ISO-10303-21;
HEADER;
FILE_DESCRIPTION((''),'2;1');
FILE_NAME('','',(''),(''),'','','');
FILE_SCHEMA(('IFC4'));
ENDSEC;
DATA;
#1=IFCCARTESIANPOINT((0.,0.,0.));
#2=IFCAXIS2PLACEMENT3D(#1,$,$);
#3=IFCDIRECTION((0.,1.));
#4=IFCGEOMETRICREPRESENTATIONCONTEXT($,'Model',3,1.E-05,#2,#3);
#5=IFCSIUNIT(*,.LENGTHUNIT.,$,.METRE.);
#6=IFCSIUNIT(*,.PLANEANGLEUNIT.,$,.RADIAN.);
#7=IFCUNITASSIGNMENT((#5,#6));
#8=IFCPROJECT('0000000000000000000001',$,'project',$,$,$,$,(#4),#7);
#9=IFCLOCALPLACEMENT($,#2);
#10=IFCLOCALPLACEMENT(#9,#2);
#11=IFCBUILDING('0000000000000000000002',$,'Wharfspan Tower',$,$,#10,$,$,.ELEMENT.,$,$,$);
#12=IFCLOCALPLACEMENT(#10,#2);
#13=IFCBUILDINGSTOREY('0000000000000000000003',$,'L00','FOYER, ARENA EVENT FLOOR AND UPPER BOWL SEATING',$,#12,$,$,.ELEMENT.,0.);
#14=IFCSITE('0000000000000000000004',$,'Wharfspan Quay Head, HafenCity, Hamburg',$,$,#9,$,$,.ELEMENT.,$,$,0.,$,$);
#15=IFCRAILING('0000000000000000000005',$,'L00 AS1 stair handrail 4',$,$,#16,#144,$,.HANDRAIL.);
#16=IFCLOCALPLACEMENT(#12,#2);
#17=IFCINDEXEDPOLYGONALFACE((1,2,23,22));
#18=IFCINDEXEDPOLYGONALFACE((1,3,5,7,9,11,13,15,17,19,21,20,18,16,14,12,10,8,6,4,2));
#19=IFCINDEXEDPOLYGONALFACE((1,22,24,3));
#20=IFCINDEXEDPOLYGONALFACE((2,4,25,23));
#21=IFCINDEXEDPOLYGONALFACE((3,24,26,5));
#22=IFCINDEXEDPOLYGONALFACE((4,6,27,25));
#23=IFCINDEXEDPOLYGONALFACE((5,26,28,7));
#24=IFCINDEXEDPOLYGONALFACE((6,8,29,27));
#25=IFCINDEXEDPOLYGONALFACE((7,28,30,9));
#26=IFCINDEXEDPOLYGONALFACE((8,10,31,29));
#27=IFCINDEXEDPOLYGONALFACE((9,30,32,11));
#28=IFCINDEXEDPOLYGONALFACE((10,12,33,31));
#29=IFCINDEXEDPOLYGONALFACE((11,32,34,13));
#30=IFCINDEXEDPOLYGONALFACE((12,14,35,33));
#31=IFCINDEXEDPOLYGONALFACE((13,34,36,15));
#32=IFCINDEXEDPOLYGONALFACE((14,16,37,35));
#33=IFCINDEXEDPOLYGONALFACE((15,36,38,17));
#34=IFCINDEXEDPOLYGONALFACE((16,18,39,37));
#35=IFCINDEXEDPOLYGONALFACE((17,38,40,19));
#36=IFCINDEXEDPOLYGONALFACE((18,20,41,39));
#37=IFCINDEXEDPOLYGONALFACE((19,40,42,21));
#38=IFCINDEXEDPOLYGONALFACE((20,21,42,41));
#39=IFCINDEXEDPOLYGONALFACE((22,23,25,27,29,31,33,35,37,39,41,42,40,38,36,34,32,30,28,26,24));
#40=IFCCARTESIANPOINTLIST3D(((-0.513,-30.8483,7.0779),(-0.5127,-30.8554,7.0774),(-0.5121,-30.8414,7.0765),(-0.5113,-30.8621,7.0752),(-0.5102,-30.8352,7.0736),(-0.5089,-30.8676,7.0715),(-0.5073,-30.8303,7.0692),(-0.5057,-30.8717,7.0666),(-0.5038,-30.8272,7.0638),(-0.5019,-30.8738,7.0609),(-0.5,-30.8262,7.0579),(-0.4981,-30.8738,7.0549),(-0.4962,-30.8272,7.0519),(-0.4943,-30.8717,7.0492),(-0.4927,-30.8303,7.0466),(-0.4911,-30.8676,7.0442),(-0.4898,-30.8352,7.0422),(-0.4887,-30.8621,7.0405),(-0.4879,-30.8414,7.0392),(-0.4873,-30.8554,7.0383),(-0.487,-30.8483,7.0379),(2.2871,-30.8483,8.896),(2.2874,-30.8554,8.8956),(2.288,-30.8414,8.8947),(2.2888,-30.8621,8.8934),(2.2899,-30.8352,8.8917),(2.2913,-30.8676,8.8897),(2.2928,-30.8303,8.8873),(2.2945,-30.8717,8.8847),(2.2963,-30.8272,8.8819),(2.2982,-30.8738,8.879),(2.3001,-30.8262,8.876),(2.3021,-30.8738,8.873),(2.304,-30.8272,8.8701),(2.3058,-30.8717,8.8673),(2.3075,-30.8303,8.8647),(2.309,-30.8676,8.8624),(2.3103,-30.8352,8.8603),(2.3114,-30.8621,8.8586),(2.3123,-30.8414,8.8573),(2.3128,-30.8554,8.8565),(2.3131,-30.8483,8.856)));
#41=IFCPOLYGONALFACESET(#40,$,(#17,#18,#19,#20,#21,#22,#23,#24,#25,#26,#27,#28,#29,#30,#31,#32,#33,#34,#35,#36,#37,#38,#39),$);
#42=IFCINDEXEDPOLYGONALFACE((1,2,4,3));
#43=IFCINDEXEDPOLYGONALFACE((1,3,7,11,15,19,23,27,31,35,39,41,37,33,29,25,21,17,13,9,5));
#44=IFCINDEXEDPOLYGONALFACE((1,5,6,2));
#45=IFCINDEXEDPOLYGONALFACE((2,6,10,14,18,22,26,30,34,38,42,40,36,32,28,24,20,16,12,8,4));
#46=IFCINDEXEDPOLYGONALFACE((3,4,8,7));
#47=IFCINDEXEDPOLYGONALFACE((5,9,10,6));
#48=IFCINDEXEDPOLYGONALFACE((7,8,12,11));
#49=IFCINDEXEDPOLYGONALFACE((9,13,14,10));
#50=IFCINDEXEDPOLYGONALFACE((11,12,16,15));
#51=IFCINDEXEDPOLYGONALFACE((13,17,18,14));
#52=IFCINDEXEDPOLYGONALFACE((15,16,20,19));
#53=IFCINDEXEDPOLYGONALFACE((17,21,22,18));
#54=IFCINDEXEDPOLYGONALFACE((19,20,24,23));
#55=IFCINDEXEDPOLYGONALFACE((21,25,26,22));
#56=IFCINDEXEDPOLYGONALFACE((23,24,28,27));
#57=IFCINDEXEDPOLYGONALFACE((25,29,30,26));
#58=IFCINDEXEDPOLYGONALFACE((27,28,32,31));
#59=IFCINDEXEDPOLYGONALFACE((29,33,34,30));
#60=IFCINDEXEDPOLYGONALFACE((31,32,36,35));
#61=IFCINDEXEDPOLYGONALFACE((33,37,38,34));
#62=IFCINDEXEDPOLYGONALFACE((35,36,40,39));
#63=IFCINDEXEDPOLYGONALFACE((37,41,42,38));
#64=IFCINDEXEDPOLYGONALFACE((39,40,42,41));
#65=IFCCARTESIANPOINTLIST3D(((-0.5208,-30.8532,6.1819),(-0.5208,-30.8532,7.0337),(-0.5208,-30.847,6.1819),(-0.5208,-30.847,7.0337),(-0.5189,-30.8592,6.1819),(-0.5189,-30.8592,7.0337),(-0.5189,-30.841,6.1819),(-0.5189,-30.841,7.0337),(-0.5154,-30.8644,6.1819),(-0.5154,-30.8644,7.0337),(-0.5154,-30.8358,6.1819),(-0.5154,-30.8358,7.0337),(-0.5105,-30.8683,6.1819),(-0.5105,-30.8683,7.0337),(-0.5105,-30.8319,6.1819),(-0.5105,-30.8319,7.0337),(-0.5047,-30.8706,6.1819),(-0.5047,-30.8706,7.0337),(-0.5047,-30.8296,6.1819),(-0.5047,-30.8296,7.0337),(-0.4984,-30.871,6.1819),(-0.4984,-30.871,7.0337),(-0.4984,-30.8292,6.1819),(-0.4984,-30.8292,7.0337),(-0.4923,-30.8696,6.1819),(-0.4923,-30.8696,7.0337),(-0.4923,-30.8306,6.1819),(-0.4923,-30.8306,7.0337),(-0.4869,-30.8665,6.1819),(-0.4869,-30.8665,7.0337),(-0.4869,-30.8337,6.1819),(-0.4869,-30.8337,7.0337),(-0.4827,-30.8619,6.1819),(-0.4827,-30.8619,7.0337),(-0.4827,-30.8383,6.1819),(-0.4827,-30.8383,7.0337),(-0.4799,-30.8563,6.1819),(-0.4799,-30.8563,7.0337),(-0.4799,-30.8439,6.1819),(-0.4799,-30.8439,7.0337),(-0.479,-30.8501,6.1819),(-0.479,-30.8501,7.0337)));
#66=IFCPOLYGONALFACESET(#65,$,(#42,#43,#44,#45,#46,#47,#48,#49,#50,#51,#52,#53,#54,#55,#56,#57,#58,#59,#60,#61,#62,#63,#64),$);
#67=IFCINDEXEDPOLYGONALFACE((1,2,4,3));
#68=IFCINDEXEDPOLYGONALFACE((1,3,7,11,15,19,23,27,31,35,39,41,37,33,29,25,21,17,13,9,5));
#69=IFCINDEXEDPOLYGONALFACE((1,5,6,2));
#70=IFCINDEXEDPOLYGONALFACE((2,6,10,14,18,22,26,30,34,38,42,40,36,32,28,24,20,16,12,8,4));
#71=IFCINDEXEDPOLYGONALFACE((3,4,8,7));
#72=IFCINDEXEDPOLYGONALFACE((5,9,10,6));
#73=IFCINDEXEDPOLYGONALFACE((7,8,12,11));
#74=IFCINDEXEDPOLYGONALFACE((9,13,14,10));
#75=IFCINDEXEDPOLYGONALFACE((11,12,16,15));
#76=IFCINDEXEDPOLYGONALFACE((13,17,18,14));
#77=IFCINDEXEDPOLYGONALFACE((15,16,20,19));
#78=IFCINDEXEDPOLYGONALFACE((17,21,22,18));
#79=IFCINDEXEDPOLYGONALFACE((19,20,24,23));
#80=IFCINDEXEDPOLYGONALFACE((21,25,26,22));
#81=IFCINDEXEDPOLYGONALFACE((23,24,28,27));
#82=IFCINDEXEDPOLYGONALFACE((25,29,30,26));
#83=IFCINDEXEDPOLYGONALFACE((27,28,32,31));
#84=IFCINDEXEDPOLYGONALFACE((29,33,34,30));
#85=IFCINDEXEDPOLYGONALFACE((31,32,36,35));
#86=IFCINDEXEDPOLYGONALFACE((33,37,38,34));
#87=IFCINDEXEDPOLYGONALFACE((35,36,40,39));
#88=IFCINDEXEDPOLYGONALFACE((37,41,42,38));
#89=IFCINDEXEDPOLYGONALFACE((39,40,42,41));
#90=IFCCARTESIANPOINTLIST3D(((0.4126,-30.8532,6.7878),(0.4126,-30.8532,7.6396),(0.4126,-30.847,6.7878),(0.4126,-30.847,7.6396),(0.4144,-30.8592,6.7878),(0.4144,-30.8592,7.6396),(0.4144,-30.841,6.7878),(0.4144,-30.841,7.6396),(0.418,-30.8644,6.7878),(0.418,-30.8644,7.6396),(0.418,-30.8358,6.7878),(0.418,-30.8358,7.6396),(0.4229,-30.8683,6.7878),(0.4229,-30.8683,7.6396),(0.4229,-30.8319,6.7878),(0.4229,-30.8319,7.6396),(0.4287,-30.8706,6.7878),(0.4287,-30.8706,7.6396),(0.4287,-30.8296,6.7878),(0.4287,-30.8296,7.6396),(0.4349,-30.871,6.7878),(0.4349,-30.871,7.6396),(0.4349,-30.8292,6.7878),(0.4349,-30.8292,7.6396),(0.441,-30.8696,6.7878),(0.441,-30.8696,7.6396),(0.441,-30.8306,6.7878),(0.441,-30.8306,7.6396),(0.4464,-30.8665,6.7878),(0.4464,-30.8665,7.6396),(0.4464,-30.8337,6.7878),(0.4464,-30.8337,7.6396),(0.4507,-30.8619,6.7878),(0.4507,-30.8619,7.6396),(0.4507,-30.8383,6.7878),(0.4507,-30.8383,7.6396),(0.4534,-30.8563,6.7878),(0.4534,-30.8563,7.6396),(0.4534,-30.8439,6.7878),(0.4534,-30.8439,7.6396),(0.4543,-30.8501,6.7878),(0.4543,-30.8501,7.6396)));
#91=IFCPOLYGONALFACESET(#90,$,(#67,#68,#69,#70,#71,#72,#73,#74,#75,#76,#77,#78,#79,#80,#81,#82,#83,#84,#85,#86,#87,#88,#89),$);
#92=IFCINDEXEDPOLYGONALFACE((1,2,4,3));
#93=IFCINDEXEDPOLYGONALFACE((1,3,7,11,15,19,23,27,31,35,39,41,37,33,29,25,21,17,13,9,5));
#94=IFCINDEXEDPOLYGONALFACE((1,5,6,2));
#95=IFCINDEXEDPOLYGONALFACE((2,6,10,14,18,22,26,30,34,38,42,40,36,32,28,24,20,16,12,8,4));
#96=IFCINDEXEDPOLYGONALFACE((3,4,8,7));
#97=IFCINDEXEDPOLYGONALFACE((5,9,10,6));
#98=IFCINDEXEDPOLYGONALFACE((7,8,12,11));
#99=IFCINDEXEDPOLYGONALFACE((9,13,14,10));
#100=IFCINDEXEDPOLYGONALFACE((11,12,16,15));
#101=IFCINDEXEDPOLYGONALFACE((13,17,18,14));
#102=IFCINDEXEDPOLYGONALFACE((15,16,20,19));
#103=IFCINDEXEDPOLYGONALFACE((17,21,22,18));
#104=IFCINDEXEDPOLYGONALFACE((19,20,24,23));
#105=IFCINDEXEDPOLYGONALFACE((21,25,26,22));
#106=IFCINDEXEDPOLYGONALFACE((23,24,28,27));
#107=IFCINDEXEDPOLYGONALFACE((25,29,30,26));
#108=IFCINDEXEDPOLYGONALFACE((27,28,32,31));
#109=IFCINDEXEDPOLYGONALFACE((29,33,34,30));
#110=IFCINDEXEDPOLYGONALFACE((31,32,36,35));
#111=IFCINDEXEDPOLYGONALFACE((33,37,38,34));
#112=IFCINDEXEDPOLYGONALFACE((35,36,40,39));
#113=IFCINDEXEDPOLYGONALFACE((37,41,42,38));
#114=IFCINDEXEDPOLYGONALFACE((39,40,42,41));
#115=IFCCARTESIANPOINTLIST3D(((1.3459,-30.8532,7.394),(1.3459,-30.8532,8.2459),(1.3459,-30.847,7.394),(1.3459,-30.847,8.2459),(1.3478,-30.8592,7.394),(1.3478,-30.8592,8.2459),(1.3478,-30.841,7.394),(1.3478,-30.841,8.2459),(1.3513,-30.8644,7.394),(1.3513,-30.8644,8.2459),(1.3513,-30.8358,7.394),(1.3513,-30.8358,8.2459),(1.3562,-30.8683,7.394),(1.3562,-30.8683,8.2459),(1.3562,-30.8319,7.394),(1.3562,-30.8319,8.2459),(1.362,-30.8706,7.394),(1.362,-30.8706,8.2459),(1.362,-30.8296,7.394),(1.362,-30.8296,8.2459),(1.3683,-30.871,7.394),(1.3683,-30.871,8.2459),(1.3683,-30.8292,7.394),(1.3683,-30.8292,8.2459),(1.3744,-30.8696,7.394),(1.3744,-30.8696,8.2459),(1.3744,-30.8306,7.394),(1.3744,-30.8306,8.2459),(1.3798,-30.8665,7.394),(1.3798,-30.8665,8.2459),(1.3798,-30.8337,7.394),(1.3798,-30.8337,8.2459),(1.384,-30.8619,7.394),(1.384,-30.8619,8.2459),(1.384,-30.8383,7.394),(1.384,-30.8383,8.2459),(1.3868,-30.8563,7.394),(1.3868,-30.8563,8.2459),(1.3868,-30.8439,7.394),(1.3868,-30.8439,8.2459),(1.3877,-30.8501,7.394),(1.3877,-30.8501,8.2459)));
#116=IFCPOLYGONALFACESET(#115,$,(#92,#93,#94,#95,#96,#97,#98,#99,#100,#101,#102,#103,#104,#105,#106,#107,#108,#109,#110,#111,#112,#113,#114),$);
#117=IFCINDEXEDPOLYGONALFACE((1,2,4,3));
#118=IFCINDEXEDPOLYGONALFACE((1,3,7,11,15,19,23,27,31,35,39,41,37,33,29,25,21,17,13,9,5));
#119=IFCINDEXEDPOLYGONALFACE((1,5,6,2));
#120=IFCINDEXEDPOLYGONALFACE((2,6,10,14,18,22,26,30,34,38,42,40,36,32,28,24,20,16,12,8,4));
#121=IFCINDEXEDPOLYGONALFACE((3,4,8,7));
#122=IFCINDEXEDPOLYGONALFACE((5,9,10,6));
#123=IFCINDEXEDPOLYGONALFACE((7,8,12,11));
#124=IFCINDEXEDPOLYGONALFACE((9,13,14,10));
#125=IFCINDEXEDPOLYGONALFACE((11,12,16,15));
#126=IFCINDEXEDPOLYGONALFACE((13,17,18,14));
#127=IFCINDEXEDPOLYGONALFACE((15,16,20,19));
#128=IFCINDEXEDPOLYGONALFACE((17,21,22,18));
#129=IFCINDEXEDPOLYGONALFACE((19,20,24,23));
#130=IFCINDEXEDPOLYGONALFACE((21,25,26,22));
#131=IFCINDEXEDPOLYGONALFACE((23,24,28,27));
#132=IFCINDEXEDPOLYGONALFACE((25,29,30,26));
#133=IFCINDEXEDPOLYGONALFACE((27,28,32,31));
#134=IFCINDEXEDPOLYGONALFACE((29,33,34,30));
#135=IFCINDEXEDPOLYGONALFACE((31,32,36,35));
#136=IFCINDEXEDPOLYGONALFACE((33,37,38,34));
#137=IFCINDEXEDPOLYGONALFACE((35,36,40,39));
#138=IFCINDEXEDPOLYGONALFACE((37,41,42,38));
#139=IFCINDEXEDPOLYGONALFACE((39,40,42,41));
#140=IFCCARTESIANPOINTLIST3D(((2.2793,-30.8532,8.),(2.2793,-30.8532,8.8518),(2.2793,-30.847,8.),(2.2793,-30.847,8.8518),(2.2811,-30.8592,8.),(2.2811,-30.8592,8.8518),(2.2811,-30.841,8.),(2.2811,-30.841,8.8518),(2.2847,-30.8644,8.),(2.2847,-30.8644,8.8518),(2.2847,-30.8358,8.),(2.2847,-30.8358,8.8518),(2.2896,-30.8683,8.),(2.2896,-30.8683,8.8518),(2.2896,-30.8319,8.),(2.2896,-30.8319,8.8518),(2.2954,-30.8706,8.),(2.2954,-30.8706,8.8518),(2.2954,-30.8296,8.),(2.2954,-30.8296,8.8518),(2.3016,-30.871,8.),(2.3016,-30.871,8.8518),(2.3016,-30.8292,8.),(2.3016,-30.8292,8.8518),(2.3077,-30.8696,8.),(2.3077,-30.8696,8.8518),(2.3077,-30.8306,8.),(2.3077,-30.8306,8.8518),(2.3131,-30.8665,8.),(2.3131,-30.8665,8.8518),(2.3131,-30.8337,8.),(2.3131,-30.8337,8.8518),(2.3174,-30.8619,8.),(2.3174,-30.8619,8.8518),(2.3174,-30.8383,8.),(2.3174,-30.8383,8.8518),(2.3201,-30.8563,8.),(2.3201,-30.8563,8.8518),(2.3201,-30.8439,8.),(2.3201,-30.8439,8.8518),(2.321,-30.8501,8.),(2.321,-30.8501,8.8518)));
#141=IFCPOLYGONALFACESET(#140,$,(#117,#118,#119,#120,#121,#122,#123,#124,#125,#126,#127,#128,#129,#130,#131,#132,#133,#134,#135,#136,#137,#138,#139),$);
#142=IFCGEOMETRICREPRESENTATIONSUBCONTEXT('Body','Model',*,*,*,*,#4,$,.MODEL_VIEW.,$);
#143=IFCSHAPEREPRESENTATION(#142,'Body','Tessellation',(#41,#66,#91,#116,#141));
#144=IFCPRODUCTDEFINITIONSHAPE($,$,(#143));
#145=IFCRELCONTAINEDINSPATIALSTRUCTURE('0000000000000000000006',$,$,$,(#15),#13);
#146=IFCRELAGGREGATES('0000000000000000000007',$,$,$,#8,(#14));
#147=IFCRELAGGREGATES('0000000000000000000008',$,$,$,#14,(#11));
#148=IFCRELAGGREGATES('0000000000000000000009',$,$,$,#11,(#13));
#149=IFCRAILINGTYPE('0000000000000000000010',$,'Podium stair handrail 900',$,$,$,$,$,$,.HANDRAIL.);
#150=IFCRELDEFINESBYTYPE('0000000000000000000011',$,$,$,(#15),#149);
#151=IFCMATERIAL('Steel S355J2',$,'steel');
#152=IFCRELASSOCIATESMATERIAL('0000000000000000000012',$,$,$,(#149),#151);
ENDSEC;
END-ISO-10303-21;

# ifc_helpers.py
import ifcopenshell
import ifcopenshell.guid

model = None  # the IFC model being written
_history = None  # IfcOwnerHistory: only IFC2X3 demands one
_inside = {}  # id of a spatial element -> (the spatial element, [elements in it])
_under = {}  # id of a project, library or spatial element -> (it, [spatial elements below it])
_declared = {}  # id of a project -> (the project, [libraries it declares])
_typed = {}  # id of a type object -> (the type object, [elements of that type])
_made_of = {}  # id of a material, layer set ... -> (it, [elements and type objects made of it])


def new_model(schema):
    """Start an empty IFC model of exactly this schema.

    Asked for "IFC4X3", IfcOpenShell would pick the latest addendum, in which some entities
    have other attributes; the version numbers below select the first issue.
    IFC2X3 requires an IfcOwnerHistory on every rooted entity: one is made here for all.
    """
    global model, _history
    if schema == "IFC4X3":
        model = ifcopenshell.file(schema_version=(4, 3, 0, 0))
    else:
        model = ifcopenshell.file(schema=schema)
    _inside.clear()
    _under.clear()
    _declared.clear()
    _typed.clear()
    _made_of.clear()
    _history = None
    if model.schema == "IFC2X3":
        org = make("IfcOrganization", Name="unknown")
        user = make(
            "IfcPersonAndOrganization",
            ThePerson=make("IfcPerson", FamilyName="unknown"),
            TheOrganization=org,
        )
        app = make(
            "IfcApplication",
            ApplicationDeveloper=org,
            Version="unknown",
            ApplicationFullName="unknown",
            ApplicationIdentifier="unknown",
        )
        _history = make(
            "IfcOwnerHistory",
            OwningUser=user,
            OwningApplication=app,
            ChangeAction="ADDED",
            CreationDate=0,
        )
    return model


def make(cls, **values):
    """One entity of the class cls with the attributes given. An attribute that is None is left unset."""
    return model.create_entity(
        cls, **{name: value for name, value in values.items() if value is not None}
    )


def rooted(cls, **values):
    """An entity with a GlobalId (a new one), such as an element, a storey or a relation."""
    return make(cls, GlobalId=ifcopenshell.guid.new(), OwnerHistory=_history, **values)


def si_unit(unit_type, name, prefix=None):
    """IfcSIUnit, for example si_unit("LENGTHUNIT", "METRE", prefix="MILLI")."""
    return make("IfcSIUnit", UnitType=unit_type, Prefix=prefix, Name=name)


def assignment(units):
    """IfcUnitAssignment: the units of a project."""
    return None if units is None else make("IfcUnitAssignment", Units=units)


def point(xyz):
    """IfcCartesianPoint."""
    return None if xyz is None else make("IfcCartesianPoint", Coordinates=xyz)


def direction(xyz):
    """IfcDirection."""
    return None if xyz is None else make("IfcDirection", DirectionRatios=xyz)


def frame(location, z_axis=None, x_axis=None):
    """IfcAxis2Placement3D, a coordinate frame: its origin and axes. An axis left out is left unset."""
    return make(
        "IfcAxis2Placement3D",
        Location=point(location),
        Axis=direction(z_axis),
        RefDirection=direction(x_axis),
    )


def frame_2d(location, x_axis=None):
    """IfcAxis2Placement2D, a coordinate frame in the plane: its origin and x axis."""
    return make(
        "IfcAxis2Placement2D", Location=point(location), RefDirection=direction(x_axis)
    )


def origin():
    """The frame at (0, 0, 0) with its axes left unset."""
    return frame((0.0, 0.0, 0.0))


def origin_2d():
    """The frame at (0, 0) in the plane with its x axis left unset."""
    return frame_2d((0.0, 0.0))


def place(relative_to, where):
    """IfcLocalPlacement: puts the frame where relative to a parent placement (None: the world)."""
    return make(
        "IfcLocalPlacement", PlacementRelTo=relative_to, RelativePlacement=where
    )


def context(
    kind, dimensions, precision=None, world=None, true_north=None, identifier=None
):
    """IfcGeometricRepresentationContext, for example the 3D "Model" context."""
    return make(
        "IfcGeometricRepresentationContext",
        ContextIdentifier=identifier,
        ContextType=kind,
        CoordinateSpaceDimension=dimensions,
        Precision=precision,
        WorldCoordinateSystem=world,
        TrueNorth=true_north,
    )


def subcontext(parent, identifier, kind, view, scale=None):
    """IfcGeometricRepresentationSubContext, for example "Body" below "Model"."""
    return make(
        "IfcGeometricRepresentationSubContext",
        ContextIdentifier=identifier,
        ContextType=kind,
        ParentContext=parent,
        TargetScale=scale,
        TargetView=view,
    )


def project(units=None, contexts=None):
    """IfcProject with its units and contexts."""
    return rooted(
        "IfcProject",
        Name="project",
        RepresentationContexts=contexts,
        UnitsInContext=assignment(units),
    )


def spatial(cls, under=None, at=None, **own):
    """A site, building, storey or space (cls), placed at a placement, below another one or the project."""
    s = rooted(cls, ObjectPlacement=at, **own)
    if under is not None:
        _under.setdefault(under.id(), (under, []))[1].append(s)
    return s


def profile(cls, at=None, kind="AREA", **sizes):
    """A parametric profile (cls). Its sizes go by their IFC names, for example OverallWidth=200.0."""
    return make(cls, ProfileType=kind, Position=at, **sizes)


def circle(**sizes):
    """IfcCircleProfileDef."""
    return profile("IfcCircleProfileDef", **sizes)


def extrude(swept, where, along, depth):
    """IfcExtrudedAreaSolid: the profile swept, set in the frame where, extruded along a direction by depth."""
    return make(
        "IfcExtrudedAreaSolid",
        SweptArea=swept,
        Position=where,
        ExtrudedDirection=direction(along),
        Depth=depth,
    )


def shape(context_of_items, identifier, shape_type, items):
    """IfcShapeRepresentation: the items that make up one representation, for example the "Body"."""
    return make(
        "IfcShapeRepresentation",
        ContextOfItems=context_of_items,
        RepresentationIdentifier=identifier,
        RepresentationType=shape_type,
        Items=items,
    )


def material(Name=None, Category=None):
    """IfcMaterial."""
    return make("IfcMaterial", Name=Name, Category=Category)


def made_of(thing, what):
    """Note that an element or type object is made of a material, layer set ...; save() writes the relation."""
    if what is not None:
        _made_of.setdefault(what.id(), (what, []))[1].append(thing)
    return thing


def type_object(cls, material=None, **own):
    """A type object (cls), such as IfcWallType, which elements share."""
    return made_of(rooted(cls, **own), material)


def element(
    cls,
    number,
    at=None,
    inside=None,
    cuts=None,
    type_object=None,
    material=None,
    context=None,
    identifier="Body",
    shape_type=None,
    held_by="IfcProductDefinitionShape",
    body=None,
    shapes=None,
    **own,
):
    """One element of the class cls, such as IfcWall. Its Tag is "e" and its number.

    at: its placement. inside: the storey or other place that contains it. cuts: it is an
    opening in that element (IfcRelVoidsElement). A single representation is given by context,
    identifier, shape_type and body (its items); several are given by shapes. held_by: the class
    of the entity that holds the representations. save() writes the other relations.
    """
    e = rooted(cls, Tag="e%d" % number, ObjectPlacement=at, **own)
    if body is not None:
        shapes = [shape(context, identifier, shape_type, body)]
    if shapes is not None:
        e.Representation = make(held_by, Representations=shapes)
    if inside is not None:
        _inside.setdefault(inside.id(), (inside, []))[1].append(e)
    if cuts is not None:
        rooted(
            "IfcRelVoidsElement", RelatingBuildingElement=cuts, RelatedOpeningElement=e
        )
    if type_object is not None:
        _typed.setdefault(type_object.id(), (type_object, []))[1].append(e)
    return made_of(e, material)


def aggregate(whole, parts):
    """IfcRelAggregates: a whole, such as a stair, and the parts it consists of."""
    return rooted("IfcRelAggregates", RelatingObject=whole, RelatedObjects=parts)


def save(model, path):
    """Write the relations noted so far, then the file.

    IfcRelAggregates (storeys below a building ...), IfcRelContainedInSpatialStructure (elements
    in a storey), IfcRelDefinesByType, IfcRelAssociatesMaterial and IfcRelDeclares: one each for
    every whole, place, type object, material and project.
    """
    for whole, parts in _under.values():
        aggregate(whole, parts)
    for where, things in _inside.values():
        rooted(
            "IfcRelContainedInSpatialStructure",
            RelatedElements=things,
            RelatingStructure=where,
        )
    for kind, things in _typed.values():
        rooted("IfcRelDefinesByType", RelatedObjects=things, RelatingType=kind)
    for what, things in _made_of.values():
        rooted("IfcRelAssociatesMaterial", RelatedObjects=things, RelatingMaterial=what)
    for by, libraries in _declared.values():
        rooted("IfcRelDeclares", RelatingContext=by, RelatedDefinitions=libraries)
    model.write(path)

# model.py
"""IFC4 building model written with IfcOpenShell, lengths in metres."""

from ifc_helpers import new_model, si_unit, direction, frame, origin, origin_2d, place, context, subcontext, project, spatial, circle, extrude, material, type_object, element, save


model = new_model("IFC4")

# Units and contexts
model_context = context("Model", 3, precision=1e-05, world=origin(), true_north=direction((0.0, 1.0)))
body_context = subcontext(model_context, "Body", "Model", "MODEL_VIEW")
ifc_project = project(units=[si_unit("LENGTHUNIT", "METRE"), si_unit("PLANEANGLEUNIT", "RADIAN")], contexts=[model_context])

# Site, building, storey
site_placement = place(None, origin())
site = spatial("IfcSite", under=ifc_project, at=site_placement, Name="Wharfspan Quay Head, HafenCity, Hamburg", CompositionType="ELEMENT", RefElevation=0.0)
building_placement = place(site_placement, origin())
building = spatial("IfcBuilding", under=site, at=building_placement, Name="Wharfspan Tower", CompositionType="ELEMENT")
storey_placement = place(building_placement, origin())
storey = spatial("IfcBuildingStorey", under=building, at=storey_placement, Name="L00", Description="FOYER, ARENA EVENT FLOOR AND UPPER BOWL SEATING", CompositionType="ELEMENT", Elevation=0.0)

# Shared definitions
ifc_material_1 = material(Name="Steel S355J2", Category="steel")

# Railing
railing_type_1 = type_object("IfcRailingType", Name="Podium stair handrail 900", PredefinedType="HANDRAIL", material=ifc_material_1)
for number, where, name in (
    (1, (-0.5, -30.8501, 6.1819), "L00 AS1 stair handrail 4"),
):
    element("IfcRailing", number, at=place(storey_placement, frame(where)), inside=storey, type_object=railing_type_1, Name=name, PredefinedType="HANDRAIL", context=body_context, shape_type="SweptSolid", body=[
        extrude(circle(Radius=0.0239, at=origin_2d()), frame((0.0, 0.0, 0.876), z_axis=(0.838706, 0.0, 0.544585), x_axis=(0.0, 1.0, 0.0)), (0.0, 0.0, 1.0), 3.3386),
        extrude(circle(Radius=0.021, at=origin_2d()), origin(), (0.0, 0.0, 1.0), 0.8518),
        extrude(circle(Radius=0.021, at=origin_2d()), frame((0.9334, 0.0, 0.606)), (0.0, 0.0, 1.0), 0.8518),
        extrude(circle(Radius=0.021, at=origin_2d()), frame((1.8667, 0.0, 1.2122)), (0.0, 0.0, 1.0), 0.8518),
        extrude(circle(Radius=0.021, at=origin_2d()), frame((2.8, 0.0, 1.8181)), (0.0, 0.0, 1.0), 0.8518),
    ])

save(model, "model.ifc")
